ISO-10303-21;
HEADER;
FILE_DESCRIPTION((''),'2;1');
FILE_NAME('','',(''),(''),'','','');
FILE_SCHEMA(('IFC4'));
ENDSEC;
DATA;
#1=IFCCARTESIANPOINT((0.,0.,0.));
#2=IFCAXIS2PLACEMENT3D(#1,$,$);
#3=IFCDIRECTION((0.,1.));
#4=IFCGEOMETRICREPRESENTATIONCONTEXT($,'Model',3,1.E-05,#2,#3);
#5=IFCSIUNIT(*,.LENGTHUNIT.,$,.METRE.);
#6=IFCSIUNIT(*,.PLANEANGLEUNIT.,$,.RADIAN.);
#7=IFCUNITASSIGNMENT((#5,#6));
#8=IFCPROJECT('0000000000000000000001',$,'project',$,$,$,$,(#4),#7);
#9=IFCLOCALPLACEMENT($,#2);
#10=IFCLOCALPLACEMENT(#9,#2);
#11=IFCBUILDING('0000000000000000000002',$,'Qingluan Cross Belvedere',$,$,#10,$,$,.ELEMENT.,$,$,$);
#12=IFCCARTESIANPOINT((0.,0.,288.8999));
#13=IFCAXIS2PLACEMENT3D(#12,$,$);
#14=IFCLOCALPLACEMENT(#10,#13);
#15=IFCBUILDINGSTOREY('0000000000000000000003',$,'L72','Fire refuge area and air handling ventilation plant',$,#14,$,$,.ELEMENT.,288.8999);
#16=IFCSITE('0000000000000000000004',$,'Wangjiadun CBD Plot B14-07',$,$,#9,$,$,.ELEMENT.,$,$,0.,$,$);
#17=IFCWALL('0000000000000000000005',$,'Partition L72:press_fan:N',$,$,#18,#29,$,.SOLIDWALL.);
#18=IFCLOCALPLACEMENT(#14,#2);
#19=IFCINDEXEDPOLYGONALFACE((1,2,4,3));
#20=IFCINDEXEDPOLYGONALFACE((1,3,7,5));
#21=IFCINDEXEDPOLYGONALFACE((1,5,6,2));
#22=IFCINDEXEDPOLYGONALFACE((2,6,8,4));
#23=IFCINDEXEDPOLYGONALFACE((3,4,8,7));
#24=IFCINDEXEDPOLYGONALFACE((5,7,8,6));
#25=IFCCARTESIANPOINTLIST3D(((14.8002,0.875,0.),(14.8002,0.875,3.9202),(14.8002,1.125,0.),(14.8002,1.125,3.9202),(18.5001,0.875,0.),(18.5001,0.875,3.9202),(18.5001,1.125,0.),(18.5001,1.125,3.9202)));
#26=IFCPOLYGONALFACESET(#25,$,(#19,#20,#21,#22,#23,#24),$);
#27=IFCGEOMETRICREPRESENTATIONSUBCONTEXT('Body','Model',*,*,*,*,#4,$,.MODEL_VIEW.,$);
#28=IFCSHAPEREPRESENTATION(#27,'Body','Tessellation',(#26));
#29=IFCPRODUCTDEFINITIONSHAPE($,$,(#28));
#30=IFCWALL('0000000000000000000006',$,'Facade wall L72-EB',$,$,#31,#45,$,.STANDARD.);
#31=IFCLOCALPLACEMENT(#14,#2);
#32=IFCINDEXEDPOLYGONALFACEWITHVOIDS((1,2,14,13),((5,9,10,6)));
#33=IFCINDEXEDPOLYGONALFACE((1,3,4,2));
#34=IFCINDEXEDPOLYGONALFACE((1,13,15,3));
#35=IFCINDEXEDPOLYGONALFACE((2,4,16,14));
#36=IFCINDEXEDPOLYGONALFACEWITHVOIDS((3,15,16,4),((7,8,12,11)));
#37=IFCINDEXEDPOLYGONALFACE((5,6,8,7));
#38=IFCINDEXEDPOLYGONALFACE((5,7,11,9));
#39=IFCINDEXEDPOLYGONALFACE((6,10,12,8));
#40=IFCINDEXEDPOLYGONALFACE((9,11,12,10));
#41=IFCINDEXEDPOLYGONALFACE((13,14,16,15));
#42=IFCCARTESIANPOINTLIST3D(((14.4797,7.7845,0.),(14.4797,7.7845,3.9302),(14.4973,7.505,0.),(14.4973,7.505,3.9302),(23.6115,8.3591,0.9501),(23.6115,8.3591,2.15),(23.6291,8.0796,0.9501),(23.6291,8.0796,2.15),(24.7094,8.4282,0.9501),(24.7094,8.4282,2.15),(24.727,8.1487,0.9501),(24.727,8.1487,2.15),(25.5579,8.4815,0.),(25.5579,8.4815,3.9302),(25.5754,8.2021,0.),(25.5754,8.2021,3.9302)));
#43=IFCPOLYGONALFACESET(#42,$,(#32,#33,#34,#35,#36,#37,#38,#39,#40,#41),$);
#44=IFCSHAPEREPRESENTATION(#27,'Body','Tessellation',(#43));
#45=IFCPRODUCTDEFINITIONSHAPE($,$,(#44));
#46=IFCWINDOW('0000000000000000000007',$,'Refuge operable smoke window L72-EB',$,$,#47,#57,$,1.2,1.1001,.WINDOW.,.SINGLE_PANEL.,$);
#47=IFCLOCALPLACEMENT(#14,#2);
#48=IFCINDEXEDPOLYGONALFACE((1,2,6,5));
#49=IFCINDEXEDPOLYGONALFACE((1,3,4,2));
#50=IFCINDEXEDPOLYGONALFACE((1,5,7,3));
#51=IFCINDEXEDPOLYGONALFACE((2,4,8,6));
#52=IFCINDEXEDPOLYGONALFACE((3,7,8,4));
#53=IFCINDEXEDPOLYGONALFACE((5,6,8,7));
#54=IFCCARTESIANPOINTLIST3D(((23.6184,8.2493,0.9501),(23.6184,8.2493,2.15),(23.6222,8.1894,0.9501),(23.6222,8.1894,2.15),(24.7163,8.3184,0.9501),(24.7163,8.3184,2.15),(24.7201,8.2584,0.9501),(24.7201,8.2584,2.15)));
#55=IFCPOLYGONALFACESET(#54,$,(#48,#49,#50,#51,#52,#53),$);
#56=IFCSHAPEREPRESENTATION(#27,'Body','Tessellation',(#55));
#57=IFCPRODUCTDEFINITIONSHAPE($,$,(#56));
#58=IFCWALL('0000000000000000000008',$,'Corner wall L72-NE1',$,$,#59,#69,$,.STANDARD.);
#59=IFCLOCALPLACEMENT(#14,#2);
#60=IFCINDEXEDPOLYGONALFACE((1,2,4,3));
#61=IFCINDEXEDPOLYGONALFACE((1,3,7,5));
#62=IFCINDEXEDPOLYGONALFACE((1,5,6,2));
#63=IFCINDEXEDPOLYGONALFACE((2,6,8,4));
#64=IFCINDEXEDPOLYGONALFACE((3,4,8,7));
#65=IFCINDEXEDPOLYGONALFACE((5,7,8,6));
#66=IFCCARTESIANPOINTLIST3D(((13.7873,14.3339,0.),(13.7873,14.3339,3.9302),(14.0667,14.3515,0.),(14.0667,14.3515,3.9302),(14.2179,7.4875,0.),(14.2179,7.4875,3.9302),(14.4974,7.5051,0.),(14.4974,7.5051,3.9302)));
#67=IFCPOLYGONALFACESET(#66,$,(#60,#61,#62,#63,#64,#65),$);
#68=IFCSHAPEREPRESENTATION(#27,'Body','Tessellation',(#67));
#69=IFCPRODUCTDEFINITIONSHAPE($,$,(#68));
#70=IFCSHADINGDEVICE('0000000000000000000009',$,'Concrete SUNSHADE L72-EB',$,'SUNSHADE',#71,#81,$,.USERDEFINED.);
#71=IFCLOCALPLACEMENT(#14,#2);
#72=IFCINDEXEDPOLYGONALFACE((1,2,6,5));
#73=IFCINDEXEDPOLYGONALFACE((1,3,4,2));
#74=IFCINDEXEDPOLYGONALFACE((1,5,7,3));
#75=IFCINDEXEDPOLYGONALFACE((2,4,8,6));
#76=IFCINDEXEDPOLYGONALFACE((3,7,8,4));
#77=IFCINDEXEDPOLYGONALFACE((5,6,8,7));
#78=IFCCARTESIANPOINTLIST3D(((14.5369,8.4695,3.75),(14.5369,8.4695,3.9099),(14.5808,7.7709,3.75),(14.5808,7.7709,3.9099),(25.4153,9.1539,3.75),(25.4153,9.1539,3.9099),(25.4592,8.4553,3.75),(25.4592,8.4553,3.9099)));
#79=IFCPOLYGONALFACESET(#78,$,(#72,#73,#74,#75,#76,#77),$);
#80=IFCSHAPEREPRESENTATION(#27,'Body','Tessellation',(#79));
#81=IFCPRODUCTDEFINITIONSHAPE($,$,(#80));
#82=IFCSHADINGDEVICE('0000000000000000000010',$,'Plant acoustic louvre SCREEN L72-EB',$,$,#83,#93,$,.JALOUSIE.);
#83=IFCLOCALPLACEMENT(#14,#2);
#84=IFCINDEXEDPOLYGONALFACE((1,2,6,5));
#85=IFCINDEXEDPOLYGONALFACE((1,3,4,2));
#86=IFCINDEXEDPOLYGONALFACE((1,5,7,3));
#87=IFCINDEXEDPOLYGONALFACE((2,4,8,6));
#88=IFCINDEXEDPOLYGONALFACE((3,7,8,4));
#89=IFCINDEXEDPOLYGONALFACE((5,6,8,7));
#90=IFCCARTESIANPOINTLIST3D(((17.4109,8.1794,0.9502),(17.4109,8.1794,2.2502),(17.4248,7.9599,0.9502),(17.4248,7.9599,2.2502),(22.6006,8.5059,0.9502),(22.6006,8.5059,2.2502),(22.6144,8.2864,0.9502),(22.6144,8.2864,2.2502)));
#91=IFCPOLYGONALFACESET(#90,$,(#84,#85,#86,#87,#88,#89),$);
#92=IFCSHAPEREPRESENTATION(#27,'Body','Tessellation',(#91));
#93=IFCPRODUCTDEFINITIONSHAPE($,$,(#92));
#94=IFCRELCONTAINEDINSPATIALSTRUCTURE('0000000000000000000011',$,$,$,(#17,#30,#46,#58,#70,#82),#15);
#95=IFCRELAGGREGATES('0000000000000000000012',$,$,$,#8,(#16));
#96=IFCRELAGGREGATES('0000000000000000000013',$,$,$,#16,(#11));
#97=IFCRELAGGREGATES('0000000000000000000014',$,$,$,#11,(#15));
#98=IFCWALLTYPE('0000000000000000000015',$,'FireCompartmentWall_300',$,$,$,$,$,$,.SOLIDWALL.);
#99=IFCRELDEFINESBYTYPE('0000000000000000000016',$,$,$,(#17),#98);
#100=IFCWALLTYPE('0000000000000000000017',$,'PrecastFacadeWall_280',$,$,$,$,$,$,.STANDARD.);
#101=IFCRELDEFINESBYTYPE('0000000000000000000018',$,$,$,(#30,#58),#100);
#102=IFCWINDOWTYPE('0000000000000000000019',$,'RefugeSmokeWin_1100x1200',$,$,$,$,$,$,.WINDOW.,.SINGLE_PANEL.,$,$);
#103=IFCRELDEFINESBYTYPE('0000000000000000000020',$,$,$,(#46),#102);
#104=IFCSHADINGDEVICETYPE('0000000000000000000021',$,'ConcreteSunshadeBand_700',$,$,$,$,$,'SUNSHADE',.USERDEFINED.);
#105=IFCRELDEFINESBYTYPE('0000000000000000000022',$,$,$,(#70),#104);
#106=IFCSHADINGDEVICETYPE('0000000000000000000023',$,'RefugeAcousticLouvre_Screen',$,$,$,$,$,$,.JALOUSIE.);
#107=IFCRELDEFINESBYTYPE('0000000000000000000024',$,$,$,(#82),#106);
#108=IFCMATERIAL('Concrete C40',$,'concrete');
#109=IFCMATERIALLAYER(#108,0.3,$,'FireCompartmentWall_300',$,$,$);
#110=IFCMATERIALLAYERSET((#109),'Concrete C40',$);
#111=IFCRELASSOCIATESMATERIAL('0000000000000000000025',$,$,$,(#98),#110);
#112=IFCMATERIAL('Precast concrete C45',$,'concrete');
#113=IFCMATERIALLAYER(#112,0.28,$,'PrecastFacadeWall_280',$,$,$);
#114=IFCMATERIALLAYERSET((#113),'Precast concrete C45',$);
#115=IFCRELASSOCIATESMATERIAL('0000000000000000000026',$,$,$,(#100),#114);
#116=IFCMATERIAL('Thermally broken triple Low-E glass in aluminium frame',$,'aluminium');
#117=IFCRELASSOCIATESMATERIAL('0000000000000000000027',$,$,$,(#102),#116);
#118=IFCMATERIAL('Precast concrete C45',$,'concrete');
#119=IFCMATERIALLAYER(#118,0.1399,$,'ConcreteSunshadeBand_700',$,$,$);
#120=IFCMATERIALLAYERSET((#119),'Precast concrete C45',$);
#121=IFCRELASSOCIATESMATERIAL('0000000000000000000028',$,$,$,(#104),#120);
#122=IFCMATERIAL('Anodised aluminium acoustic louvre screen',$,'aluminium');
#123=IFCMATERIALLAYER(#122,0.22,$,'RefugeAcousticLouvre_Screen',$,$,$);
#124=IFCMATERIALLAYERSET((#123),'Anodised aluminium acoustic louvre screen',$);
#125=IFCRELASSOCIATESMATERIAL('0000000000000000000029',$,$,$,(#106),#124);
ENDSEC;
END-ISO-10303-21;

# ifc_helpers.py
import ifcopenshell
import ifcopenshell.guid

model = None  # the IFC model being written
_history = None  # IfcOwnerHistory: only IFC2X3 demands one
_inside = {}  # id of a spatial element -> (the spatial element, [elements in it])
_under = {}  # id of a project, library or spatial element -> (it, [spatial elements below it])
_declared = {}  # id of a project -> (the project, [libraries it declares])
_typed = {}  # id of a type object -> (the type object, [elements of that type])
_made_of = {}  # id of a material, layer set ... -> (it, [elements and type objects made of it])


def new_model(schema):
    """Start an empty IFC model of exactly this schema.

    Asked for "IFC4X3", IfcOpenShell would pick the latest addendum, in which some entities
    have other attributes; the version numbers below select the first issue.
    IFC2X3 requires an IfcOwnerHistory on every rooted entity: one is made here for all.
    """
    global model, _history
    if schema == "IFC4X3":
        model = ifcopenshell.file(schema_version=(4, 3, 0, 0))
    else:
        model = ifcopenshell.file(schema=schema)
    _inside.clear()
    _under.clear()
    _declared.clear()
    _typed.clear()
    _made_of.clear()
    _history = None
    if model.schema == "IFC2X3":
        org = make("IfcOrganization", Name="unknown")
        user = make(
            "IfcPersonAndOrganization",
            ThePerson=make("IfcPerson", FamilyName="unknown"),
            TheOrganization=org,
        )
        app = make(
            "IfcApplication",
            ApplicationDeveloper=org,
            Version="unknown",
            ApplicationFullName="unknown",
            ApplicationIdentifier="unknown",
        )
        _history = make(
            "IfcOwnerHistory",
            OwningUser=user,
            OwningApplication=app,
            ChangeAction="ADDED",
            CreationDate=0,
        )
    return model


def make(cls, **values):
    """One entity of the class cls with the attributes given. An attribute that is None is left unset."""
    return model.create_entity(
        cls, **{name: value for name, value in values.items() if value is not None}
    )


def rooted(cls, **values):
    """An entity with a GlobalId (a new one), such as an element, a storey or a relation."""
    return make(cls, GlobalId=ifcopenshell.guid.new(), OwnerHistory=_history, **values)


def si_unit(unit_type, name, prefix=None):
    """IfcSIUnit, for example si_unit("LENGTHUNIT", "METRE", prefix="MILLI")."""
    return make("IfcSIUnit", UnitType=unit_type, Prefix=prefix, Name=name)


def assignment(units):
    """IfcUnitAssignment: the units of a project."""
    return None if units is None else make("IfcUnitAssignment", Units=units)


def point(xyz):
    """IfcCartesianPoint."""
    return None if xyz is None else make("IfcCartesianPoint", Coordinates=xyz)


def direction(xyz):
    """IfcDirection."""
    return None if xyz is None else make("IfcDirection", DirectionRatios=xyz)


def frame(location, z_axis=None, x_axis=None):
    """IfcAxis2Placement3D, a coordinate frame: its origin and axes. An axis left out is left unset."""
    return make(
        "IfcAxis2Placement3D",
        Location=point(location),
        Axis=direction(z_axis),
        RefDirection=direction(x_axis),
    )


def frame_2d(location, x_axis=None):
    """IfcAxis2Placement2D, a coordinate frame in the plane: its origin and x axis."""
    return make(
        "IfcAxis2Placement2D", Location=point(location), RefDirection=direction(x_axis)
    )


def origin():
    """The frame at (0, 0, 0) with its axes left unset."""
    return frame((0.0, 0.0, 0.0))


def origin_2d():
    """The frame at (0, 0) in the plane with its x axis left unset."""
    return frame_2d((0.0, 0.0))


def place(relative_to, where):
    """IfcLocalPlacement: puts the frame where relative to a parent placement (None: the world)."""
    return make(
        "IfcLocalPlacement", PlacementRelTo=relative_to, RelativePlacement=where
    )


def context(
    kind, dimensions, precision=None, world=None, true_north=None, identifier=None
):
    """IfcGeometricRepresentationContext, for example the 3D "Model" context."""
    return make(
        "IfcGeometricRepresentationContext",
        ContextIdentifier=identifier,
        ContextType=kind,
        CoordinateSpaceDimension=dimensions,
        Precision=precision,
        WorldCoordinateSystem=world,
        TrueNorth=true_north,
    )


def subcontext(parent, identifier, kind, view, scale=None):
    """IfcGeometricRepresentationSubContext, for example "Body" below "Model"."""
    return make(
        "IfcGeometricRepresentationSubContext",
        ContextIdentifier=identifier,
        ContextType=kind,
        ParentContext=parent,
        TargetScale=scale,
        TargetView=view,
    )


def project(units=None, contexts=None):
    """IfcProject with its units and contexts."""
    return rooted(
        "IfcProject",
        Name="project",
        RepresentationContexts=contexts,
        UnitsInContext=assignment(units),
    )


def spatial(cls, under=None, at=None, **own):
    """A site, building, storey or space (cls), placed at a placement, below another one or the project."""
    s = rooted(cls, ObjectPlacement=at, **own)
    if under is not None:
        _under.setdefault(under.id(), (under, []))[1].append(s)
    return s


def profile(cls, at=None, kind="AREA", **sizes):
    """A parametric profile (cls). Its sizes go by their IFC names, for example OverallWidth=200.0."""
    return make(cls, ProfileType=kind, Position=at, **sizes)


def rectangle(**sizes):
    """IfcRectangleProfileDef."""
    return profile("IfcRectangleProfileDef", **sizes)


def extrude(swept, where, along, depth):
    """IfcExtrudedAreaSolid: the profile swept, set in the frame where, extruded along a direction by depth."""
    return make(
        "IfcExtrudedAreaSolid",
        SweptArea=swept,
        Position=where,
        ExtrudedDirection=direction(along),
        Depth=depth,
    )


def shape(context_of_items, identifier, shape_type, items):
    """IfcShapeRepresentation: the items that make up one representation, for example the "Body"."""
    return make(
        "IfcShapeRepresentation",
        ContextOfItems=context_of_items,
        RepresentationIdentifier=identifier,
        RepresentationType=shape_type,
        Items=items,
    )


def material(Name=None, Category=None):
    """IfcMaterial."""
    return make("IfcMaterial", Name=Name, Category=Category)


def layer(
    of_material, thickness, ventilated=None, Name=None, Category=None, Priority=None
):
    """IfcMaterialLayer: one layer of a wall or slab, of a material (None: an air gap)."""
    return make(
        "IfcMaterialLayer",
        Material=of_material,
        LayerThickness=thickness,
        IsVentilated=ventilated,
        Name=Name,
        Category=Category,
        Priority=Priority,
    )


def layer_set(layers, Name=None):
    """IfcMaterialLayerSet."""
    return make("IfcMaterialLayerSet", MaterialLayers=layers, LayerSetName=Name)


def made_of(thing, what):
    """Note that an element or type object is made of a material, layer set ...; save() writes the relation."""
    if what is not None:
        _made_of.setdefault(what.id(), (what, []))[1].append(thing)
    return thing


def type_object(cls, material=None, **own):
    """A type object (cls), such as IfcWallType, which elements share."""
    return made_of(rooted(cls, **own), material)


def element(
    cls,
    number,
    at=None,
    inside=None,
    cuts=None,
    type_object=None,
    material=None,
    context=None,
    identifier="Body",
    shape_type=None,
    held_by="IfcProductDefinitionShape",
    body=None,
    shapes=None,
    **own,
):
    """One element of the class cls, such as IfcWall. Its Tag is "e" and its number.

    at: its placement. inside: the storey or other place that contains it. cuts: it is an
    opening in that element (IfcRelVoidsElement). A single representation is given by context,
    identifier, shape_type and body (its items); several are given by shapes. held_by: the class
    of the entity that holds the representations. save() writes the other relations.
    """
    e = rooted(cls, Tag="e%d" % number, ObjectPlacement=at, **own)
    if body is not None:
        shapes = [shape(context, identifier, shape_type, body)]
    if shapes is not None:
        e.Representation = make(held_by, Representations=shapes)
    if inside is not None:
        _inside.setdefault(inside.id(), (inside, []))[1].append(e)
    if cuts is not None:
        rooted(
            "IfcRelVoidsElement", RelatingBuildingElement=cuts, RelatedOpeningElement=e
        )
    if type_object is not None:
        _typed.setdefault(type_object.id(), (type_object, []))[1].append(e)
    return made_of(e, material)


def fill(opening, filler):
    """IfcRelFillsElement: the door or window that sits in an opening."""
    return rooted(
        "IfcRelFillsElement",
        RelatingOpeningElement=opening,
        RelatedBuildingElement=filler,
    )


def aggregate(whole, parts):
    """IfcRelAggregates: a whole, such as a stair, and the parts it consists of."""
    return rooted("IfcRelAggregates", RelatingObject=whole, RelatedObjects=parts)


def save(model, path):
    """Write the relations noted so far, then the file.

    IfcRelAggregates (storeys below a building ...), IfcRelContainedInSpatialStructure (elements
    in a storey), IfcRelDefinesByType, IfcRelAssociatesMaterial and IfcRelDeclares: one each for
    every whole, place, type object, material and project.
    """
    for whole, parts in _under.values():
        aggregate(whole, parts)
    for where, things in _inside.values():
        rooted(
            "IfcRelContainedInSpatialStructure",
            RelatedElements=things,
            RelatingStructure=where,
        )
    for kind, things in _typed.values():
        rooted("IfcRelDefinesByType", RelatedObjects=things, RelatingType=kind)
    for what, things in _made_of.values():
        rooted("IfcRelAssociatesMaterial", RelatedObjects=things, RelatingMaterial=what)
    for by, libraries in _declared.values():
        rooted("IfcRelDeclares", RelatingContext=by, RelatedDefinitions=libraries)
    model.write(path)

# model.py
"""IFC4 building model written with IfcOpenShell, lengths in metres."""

from ifc_helpers import new_model, si_unit, direction, frame, frame_2d, origin, origin_2d, place, context, subcontext, project, spatial, rectangle, extrude, material, layer, layer_set, type_object, element, fill, save


model = new_model("IFC4")

# Units and contexts
model_context = context("Model", 3, precision=1e-05, world=origin(), true_north=direction((0.0, 1.0)))
body_context = subcontext(model_context, "Body", "Model", "MODEL_VIEW")
ifc_project = project(units=[si_unit("LENGTHUNIT", "METRE"), si_unit("PLANEANGLEUNIT", "RADIAN")], contexts=[model_context])

# Site, building, storey
site_placement = place(None, origin())
site = spatial("IfcSite", under=ifc_project, at=site_placement, Name="Wangjiadun CBD Plot B14-07", CompositionType="ELEMENT", RefElevation=0.0)
building_placement = place(site_placement, origin())
building = spatial("IfcBuilding", under=site, at=building_placement, Name="Qingluan Cross Belvedere", CompositionType="ELEMENT")
storey_placement = place(building_placement, frame((0.0, 0.0, 288.8999)))
storey = spatial("IfcBuildingStorey", under=building, at=storey_placement, Name="L72", Description="Fire refuge area and air handling ventilation plant", CompositionType="ELEMENT", Elevation=288.8999)

# Wall
ifc_material_1 = material(Name="Concrete C40", Category="concrete")
ifc_layer_1 = layer(ifc_material_1, 0.3, Name="FireCompartmentWall_300")
ifc_layer_set_1 = layer_set([ifc_layer_1], Name="Concrete C40")
wall_type_1 = type_object("IfcWallType", Name="FireCompartmentWall_300", PredefinedType="SOLIDWALL", material=ifc_layer_set_1)
wall_1_placement = place(storey_placement, frame((14.8, 1.0, 0.0), z_axis=(0.0, 0.0, 1.0), x_axis=(1.0, 0.0, 0.0)))
element("IfcWall", 1, at=wall_1_placement, inside=storey, type_object=wall_type_1, Name="Partition L72:press_fan:N", PredefinedType="SOLIDWALL", context=body_context, shape_type="SweptSolid", body=[
    extrude(rectangle(XDim=3.7, YDim=0.25, at=frame_2d((1.8501, 0.0))), origin(), (0.0, 0.0, 1.0), 3.9202),
])

# Wall, opening, window
ifc_material_2 = material(Name="Precast concrete C45", Category="concrete")
ifc_layer_2 = layer(ifc_material_2, 0.28, Name="PrecastFacadeWall_280")
ifc_layer_set_2 = layer_set([ifc_layer_2], Name="Precast concrete C45")
wall_type_2 = type_object("IfcWallType", Name="PrecastFacadeWall_280", PredefinedType="STANDARD", material=ifc_layer_set_2)
wall_2_placement = place(storey_placement, frame((25.5667, 8.3418, 0.0), z_axis=(0.0, 0.0, 1.0), x_axis=(-0.998026, -0.062795, 0.0)))
wall_2 = element("IfcWall", 2, at=wall_2_placement, inside=storey, type_object=wall_type_2, Name="Facade wall L72-EB", PredefinedType="STANDARD", context=body_context, shape_type="SweptSolid", body=[
    extrude(rectangle(XDim=11.1001, YDim=0.28, at=frame_2d((5.55, 0.0))), origin(), (0.0, 0.0, 1.0), 3.9302),
])
opening_1_placement = place(wall_2_placement, frame((0.8501, 0.0, 0.95)))
opening_1 = element("IfcOpeningElement", 3, at=opening_1_placement, cuts=wall_2, PredefinedType="OPENING", context=body_context, shape_type="SweptSolid", body=[
    extrude(rectangle(XDim=1.1001, YDim=1.2, at=frame_2d((0.55, 0.6001))), frame((0.0, 0.1499, 0.0), z_axis=(0.0, -1.0, 0.0), x_axis=(1.0, 0.0, 0.0)), (0.0, 0.0, 1.0), 0.3),
])
ifc_material_3 = material(Name="Thermally broken triple Low-E glass in aluminium frame", Category="aluminium")
window_type = type_object("IfcWindowType", Name="RefugeSmokeWin_1100x1200", PartitioningType="SINGLE_PANEL", PredefinedType="WINDOW", material=ifc_material_3)
window_placement = place(opening_1_placement, origin())
window = element("IfcWindow", 4, at=window_placement, inside=storey, type_object=window_type, Name="Refuge operable smoke window L72-EB", OverallHeight=1.2, OverallWidth=1.1001, PartitioningType="SINGLE_PANEL", PredefinedType="WINDOW", context=body_context, shape_type="SweptSolid", body=[
    extrude(rectangle(XDim=1.1001, YDim=1.2, at=frame_2d((0.55, 0.6001))), frame((0.0, 0.03, 0.0), z_axis=(0.0, -1.0, 0.0), x_axis=(1.0, 0.0, 0.0)), (0.0, 0.0, 1.0), 0.0601),
])
fill(opening_1, window)

# Wall
wall_3_placement = place(storey_placement, frame((14.3577, 7.4963, 0.0), z_axis=(0.0, 0.0, 1.0), x_axis=(-0.062779, 0.998027, 0.0)))
element("IfcWall", 5, at=wall_3_placement, inside=storey, type_object=wall_type_2, Name="Corner wall L72-NE1", PredefinedType="STANDARD", context=body_context, shape_type="SweptSolid", body=[
    extrude(rectangle(XDim=6.8599, YDim=0.28, at=frame_2d((3.4299, 0.0))), origin(), (0.0, 0.0, 1.0), 3.9302),
])

# Shading devices
ifc_material_4 = material(Name="Precast concrete C45", Category="concrete")
ifc_layer_3 = layer(ifc_material_4, 0.1399, Name="ConcreteSunshadeBand_700")
ifc_layer_set_3 = layer_set([ifc_layer_3], Name="Precast concrete C45")
shading_device_type_1 = type_object("IfcShadingDeviceType", Name="ConcreteSunshadeBand_700", ElementType="SUNSHADE", PredefinedType="USERDEFINED", material=ifc_layer_set_3)
shading_device_1_placement = place(storey_placement, frame((19.998, 8.4624, 3.75), z_axis=(0.0, 0.0, 1.0), x_axis=(-0.998027, -0.062793, 0.0)))
element("IfcShadingDevice", 6, at=shading_device_1_placement, inside=storey, type_object=shading_device_type_1, Name="Concrete SUNSHADE L72-EB", ObjectType="SUNSHADE", PredefinedType="USERDEFINED", context=body_context, shape_type="SweptSolid", body=[
    extrude(rectangle(XDim=10.8999, YDim=0.7, at=origin_2d()), origin(), (0.0, 0.0, 1.0), 0.1599),
])
ifc_material_5 = material(Name="Anodised aluminium acoustic louvre screen", Category="aluminium")
ifc_layer_4 = layer(ifc_material_5, 0.22, Name="RefugeAcousticLouvre_Screen")
ifc_layer_set_4 = layer_set([ifc_layer_4], Name="Anodised aluminium acoustic louvre screen")
shading_device_type_2 = type_object("IfcShadingDeviceType", Name="RefugeAcousticLouvre_Screen", PredefinedType="JALOUSIE", material=ifc_layer_set_4)
shading_device_2_placement = place(storey_placement, frame((20.0127, 8.2329, 0.9502), z_axis=(0.0, 0.0, 1.0), x_axis=(-0.998027, -0.062793, 0.0)))
element("IfcShadingDevice", 7, at=shading_device_2_placement, inside=storey, type_object=shading_device_type_2, Name="Plant acoustic louvre SCREEN L72-EB", PredefinedType="JALOUSIE", context=body_context, shape_type="SweptSolid", body=[
    extrude(rectangle(XDim=5.2, YDim=0.22, at=origin_2d()), origin(), (0.0, 0.0, 1.0), 1.3),
])

save(model, "model.ifc")
